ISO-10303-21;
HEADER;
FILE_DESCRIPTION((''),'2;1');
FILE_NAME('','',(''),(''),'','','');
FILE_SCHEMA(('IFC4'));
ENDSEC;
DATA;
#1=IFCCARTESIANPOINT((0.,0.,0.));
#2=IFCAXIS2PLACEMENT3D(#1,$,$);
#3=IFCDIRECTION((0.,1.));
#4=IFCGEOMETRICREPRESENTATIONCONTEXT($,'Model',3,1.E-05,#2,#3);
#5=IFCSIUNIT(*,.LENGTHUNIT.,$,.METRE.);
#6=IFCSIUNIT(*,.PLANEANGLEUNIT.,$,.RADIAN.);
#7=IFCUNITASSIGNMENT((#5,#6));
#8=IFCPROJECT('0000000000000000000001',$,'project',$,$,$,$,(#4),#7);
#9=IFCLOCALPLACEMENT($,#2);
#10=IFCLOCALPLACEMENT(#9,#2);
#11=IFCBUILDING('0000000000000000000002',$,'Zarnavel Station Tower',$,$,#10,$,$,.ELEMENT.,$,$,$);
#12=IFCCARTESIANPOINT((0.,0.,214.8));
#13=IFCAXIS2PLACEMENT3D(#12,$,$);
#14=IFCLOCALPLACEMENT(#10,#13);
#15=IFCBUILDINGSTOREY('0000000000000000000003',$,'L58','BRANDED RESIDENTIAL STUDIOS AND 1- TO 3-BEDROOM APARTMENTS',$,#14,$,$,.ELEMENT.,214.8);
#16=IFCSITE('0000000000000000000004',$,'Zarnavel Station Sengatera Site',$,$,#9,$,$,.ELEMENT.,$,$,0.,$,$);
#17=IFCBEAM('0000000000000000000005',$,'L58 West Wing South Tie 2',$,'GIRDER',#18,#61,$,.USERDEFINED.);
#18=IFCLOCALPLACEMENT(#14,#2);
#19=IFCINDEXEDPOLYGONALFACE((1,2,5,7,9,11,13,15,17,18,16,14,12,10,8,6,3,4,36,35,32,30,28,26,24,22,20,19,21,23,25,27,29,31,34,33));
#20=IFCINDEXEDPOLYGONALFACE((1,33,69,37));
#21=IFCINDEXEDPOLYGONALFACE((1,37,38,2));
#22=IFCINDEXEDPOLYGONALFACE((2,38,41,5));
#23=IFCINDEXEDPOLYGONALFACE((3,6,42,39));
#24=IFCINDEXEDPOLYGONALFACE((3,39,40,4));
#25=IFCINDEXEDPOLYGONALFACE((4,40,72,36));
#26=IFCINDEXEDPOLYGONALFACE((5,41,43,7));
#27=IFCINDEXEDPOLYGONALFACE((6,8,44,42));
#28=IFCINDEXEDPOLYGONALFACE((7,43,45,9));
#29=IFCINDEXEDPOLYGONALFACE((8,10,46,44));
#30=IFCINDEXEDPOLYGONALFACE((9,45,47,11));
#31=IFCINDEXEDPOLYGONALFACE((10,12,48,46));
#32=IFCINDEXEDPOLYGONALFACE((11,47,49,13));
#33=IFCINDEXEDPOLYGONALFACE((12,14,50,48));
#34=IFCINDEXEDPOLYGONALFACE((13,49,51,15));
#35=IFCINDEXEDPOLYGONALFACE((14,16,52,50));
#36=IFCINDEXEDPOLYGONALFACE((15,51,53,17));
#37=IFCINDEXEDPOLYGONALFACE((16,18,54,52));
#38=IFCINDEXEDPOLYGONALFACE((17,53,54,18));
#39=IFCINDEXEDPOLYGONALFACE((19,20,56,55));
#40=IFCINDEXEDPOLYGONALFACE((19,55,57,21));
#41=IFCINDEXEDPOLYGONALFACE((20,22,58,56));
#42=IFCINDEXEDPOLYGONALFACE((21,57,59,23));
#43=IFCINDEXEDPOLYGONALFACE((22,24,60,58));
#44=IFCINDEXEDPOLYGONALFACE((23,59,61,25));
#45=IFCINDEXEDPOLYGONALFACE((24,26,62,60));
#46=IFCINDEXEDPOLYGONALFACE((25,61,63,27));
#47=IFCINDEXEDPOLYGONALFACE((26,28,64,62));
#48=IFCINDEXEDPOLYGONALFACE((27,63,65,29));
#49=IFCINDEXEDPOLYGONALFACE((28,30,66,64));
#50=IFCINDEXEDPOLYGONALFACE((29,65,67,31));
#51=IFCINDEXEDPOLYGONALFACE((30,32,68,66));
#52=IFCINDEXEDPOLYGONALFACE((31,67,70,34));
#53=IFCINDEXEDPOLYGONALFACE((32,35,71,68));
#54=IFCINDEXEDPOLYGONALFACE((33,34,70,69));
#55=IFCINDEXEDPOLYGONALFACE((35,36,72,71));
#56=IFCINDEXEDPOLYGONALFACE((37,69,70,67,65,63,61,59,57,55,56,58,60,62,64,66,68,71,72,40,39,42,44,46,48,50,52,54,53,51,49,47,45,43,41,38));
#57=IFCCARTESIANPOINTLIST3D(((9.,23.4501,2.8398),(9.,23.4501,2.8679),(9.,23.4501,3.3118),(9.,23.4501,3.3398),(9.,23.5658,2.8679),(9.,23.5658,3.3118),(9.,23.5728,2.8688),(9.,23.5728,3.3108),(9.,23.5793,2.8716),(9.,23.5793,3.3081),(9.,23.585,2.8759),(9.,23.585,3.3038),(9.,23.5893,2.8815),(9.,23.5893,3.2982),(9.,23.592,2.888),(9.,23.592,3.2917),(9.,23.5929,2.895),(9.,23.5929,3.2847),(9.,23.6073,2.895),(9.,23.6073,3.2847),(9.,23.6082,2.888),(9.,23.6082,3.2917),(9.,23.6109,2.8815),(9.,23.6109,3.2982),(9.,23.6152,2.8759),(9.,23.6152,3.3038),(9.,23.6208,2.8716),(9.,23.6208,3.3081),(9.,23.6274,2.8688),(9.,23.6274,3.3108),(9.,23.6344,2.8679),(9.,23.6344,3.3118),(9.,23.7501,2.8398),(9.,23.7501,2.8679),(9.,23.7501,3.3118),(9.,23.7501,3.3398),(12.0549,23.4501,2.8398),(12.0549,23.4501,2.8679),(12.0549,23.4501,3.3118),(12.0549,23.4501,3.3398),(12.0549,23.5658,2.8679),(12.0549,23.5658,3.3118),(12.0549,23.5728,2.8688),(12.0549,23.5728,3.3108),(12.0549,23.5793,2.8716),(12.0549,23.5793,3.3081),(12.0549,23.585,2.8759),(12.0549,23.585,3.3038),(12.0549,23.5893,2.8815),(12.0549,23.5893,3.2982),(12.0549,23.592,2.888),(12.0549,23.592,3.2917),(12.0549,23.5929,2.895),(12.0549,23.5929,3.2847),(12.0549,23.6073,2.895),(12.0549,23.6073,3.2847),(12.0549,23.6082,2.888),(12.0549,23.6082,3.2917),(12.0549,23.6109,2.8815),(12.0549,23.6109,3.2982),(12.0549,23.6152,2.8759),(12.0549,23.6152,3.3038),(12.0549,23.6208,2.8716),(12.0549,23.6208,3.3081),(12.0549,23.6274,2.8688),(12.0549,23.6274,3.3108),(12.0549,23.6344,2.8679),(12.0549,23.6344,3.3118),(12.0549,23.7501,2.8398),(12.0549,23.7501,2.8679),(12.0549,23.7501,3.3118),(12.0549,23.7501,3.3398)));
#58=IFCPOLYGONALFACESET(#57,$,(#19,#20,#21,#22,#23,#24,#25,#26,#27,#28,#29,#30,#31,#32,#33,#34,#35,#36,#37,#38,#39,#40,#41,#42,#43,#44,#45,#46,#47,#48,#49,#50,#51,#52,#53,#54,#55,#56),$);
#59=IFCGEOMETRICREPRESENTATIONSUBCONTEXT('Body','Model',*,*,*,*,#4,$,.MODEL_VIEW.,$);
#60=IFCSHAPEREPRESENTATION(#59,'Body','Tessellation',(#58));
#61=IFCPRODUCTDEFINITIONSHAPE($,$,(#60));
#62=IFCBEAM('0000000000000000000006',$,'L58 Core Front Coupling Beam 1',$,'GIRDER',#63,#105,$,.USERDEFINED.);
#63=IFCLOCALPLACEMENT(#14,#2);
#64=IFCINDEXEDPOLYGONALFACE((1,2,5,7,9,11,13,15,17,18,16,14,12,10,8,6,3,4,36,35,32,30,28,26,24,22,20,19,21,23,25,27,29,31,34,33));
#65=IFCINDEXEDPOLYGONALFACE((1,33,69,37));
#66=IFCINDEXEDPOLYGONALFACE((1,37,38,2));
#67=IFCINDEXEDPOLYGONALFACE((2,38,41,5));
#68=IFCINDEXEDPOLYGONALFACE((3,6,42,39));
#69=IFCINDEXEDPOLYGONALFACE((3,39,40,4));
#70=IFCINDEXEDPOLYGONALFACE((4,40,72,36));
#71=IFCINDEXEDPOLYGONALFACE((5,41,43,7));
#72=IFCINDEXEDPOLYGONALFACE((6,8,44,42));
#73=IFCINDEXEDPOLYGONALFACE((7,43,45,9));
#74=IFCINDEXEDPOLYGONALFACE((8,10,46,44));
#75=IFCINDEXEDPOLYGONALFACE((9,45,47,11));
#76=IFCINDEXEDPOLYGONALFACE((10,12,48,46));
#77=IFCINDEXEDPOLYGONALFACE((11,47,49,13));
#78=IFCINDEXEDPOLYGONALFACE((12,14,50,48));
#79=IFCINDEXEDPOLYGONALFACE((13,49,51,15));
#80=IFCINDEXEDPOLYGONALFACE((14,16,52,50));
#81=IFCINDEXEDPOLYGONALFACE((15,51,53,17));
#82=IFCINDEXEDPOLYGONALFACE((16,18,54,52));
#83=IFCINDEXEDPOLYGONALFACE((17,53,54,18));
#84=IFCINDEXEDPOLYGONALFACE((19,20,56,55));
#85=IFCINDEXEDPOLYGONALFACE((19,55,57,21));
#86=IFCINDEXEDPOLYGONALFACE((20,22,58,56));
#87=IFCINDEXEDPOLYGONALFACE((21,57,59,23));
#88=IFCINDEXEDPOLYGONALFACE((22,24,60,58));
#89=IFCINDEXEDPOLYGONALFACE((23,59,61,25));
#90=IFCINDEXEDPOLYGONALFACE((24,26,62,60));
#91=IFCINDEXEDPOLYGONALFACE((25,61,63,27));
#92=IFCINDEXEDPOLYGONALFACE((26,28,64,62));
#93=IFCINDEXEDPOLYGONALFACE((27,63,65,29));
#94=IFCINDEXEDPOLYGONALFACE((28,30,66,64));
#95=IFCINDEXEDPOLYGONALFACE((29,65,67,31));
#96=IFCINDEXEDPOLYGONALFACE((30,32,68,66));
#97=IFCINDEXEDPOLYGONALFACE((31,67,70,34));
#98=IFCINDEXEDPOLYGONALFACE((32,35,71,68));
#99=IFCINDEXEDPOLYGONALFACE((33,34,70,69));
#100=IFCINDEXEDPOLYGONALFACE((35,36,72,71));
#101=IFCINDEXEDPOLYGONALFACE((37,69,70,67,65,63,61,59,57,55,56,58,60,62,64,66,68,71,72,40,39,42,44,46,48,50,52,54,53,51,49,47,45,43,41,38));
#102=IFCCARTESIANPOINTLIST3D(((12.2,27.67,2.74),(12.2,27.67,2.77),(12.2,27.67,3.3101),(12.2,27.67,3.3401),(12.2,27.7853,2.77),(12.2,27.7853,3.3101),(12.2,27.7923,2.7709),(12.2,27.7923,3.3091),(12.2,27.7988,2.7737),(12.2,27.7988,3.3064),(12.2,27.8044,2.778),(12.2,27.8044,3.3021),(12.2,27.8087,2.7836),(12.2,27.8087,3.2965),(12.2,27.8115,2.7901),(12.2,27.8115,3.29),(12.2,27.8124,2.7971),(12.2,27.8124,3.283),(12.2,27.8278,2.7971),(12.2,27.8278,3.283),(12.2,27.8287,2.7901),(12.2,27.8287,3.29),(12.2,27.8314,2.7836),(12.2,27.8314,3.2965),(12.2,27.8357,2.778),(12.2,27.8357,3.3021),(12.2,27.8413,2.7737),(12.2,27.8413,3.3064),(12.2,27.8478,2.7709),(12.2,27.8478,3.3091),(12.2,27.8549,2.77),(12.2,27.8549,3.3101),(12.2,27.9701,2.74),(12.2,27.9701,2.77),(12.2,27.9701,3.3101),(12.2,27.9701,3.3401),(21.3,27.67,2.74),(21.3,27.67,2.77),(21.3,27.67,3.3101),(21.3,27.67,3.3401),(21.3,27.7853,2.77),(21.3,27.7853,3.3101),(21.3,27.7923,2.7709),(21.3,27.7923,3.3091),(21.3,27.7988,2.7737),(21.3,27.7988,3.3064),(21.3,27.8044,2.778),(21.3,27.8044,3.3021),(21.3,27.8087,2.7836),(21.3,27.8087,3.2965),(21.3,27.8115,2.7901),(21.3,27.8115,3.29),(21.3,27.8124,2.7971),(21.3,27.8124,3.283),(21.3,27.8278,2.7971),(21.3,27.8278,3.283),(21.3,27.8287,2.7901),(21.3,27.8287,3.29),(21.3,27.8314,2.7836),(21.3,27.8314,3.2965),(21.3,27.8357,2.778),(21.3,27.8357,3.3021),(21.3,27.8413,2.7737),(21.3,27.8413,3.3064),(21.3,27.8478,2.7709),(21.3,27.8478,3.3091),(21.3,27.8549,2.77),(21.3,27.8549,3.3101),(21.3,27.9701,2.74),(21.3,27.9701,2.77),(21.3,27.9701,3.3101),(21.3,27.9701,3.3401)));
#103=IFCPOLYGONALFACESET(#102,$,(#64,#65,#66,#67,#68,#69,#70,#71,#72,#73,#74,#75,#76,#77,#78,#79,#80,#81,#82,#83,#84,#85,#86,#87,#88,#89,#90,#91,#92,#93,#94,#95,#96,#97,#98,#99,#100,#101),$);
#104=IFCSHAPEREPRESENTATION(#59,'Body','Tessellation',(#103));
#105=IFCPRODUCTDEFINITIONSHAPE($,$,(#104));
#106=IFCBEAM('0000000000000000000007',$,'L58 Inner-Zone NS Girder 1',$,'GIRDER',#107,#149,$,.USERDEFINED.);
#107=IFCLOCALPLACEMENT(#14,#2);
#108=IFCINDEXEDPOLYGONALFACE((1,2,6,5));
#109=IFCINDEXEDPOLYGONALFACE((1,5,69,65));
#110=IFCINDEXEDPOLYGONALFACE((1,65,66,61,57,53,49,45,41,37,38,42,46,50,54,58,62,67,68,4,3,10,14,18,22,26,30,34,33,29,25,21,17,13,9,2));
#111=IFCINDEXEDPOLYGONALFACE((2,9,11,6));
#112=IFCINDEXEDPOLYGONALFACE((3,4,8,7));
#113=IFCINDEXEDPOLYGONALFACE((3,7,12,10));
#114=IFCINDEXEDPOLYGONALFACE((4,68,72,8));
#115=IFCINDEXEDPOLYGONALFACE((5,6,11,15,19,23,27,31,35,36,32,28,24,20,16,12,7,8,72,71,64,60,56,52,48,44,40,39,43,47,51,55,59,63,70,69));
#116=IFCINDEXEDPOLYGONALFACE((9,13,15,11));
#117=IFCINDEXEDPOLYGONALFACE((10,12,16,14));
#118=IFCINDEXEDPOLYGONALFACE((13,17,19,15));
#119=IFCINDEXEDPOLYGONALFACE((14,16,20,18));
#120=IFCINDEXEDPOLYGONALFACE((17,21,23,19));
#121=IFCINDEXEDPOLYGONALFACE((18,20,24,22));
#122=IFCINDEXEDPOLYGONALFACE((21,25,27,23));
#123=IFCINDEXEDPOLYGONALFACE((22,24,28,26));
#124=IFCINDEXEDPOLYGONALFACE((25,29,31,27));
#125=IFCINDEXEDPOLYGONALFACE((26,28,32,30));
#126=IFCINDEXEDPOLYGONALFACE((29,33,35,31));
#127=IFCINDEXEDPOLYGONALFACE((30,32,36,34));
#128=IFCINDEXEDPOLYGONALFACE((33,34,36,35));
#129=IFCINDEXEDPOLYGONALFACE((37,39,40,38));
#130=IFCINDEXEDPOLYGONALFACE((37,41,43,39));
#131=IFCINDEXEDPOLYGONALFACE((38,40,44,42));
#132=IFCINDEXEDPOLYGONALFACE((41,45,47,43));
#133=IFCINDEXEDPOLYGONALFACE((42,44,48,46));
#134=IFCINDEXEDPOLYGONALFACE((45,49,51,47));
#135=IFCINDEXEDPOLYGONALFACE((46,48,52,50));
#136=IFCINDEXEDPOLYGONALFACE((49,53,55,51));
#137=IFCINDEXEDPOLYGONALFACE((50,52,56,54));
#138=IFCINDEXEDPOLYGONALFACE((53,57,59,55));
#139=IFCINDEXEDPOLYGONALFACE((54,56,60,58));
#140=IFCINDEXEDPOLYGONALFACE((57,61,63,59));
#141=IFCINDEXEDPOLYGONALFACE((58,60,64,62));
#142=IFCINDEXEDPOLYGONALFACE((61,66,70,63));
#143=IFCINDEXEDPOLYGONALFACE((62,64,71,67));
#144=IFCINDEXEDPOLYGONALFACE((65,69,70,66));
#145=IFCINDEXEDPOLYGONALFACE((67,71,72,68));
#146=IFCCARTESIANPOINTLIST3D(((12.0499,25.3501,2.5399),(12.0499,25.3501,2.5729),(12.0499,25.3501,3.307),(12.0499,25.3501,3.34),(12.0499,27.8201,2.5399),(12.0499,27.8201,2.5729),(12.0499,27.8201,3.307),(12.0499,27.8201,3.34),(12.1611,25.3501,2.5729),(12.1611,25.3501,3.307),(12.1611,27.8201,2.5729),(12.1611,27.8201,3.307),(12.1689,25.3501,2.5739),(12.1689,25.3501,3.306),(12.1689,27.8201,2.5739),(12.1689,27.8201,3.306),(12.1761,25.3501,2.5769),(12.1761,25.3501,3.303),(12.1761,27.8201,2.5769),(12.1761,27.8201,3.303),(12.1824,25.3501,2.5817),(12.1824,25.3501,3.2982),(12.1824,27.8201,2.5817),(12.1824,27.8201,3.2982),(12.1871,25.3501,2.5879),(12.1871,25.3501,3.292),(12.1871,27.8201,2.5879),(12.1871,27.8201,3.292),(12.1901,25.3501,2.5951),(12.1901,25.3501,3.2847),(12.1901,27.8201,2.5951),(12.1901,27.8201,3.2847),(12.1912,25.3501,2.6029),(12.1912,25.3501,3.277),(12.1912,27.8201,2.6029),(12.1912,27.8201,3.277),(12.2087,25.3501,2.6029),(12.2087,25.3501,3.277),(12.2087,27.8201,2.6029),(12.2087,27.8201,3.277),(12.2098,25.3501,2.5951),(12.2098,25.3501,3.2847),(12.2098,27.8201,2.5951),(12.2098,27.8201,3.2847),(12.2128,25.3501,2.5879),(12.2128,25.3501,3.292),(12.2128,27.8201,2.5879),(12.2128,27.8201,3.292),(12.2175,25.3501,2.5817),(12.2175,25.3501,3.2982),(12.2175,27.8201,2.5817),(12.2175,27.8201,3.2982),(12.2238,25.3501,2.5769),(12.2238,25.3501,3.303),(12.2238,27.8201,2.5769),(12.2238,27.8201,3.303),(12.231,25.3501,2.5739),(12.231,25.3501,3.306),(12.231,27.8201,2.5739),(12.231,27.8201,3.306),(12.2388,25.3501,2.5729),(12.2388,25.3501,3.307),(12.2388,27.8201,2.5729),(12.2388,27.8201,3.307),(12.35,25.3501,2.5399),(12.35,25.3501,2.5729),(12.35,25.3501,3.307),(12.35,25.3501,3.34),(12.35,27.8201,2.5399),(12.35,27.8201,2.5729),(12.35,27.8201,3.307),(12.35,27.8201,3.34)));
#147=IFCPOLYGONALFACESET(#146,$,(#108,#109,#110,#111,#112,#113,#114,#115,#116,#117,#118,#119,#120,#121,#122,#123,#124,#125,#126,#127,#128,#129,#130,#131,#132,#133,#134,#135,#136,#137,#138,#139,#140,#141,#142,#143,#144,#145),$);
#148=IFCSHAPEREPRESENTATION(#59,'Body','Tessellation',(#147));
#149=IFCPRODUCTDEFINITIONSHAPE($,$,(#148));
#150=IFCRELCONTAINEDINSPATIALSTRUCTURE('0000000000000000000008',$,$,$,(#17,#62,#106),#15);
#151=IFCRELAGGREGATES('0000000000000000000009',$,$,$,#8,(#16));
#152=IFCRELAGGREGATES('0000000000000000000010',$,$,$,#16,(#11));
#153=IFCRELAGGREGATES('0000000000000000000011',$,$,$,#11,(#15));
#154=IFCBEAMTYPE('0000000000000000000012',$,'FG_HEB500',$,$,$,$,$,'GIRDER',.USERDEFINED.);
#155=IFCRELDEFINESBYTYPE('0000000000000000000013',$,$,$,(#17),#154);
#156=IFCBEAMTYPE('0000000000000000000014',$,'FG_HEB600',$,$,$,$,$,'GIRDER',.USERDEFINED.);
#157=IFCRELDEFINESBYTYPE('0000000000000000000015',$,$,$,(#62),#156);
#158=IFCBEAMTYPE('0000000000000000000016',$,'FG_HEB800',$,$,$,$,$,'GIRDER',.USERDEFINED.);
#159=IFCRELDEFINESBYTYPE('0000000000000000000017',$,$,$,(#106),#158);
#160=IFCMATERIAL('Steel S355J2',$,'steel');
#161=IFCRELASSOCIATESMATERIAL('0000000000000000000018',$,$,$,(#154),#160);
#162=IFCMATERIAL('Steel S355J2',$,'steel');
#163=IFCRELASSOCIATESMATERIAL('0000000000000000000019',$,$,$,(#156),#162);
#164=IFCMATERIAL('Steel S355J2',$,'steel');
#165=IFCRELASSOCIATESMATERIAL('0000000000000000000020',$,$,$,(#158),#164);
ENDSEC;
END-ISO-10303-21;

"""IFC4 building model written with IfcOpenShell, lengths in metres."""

from ifc_helpers import new_model, si_unit, direction, frame, origin, origin_2d, place, context, subcontext, project, spatial, i_section, extrude, material, material_profile, profile_set, type_object, element, save


model = new_model("IFC4")

# Units and contexts
model_context = context("Model", 3, precision=1e-05, world=origin(), true_north=direction((0.0, 1.0)))
body_context = subcontext(model_context, "Body", "Model", "MODEL_VIEW")
ifc_project = project(units=[si_unit("LENGTHUNIT", "METRE"), si_unit("PLANEANGLEUNIT", "RADIAN")], contexts=[model_context])

# Site, building, storey
site_placement = place(None, origin())
site = spatial("IfcSite", under=ifc_project, at=site_placement, Name="Zarnavel Station Sengatera Site", CompositionType="ELEMENT", RefElevation=0.0)
building_placement = place(site_placement, origin())
building = spatial("IfcBuilding", under=site, at=building_placement, Name="Zarnavel Station Tower", CompositionType="ELEMENT")
storey_placement = place(building_placement, frame((0.0, 0.0, 214.8)))
storey = spatial("IfcBuildingStorey", under=building, at=storey_placement, Name="L58", Description="BRANDED RESIDENTIAL STUDIOS AND 1- TO 3-BEDROOM APARTMENTS", CompositionType="ELEMENT", Elevation=214.8)

# Beams
ifc_material_1 = material(Name="Steel S355J2", Category="steel")
ifc_material_profile_1 = material_profile(ifc_material_1, i_section(OverallWidth=0.3, OverallDepth=0.5, WebThickness=0.0144, FlangeThickness=0.0281, FilletRadius=0.0271, at=origin_2d()), Name="HEB500")
ifc_profile_set_1 = profile_set([ifc_material_profile_1], Name="Steel S355J2")
beam_type_1 = type_object("IfcBeamType", Name="FG_HEB500", ElementType="GIRDER", PredefinedType="USERDEFINED", material=ifc_profile_set_1)
beam_1_placement = place(storey_placement, frame((9.0, 23.6001, 3.0898), z_axis=(1.0, 0.0, 0.0), x_axis=(0.0, 1.0, 0.0)))
element("IfcBeam", 1, at=beam_1_placement, inside=storey, type_object=beam_type_1, Name="L58 West Wing South Tie 2", ObjectType="GIRDER", PredefinedType="USERDEFINED", context=body_context, shape_type="SweptSolid", body=[
    extrude(i_section(OverallWidth=0.3, OverallDepth=0.5, WebThickness=0.0144, FlangeThickness=0.0281, FilletRadius=0.0271, at=origin_2d()), origin(), (0.0, 0.0, 1.0), 3.0549),
])
ifc_material_2 = material(Name="Steel S355J2", Category="steel")
ifc_material_profile_2 = material_profile(ifc_material_2, i_section(OverallWidth=0.3, OverallDepth=0.6001, WebThickness=0.0154, FlangeThickness=0.03, FilletRadius=0.0271, at=origin_2d()), Name="HEB600")
ifc_profile_set_2 = profile_set([ifc_material_profile_2], Name="Steel S355J2")
beam_type_2 = type_object("IfcBeamType", Name="FG_HEB600", ElementType="GIRDER", PredefinedType="USERDEFINED", material=ifc_profile_set_2)
beam_2_placement = place(storey_placement, frame((12.2, 27.8201, 3.04), z_axis=(1.0, 0.0, 0.0), x_axis=(0.0, 1.0, 0.0)))
element("IfcBeam", 2, at=beam_2_placement, inside=storey, type_object=beam_type_2, Name="L58 Core Front Coupling Beam 1", ObjectType="GIRDER", PredefinedType="USERDEFINED", context=body_context, shape_type="SweptSolid", body=[
    extrude(i_section(OverallWidth=0.3, OverallDepth=0.6001, WebThickness=0.0154, FlangeThickness=0.03, FilletRadius=0.0271, at=origin_2d()), origin(), (0.0, 0.0, 1.0), 9.1001),
])
ifc_material_3 = material(Name="Steel S355J2", Category="steel")
ifc_material_profile_3 = material_profile(ifc_material_3, i_section(OverallWidth=0.3, OverallDepth=0.8, WebThickness=0.0176, FlangeThickness=0.033, FilletRadius=0.03, at=origin_2d()), Name="HEB800")
ifc_profile_set_3 = profile_set([ifc_material_profile_3], Name="Steel S355J2")
beam_type_3 = type_object("IfcBeamType", Name="FG_HEB800", ElementType="GIRDER", PredefinedType="USERDEFINED", material=ifc_profile_set_3)
beam_3_placement = place(storey_placement, frame((12.2, 25.3501, 2.9399), z_axis=(0.0, 1.0, 0.0), x_axis=(-1.0, 0.0, 0.0)))
element("IfcBeam", 3, at=beam_3_placement, inside=storey, type_object=beam_type_3, Name="L58 Inner-Zone NS Girder 1", ObjectType="GIRDER", PredefinedType="USERDEFINED", context=body_context, shape_type="SweptSolid", body=[
    extrude(i_section(OverallWidth=0.3, OverallDepth=0.8, WebThickness=0.0176, FlangeThickness=0.033, FilletRadius=0.03, at=origin_2d()), origin(), (0.0, 0.0, 1.0), 2.47),
])

save(model, "model.ifc")
